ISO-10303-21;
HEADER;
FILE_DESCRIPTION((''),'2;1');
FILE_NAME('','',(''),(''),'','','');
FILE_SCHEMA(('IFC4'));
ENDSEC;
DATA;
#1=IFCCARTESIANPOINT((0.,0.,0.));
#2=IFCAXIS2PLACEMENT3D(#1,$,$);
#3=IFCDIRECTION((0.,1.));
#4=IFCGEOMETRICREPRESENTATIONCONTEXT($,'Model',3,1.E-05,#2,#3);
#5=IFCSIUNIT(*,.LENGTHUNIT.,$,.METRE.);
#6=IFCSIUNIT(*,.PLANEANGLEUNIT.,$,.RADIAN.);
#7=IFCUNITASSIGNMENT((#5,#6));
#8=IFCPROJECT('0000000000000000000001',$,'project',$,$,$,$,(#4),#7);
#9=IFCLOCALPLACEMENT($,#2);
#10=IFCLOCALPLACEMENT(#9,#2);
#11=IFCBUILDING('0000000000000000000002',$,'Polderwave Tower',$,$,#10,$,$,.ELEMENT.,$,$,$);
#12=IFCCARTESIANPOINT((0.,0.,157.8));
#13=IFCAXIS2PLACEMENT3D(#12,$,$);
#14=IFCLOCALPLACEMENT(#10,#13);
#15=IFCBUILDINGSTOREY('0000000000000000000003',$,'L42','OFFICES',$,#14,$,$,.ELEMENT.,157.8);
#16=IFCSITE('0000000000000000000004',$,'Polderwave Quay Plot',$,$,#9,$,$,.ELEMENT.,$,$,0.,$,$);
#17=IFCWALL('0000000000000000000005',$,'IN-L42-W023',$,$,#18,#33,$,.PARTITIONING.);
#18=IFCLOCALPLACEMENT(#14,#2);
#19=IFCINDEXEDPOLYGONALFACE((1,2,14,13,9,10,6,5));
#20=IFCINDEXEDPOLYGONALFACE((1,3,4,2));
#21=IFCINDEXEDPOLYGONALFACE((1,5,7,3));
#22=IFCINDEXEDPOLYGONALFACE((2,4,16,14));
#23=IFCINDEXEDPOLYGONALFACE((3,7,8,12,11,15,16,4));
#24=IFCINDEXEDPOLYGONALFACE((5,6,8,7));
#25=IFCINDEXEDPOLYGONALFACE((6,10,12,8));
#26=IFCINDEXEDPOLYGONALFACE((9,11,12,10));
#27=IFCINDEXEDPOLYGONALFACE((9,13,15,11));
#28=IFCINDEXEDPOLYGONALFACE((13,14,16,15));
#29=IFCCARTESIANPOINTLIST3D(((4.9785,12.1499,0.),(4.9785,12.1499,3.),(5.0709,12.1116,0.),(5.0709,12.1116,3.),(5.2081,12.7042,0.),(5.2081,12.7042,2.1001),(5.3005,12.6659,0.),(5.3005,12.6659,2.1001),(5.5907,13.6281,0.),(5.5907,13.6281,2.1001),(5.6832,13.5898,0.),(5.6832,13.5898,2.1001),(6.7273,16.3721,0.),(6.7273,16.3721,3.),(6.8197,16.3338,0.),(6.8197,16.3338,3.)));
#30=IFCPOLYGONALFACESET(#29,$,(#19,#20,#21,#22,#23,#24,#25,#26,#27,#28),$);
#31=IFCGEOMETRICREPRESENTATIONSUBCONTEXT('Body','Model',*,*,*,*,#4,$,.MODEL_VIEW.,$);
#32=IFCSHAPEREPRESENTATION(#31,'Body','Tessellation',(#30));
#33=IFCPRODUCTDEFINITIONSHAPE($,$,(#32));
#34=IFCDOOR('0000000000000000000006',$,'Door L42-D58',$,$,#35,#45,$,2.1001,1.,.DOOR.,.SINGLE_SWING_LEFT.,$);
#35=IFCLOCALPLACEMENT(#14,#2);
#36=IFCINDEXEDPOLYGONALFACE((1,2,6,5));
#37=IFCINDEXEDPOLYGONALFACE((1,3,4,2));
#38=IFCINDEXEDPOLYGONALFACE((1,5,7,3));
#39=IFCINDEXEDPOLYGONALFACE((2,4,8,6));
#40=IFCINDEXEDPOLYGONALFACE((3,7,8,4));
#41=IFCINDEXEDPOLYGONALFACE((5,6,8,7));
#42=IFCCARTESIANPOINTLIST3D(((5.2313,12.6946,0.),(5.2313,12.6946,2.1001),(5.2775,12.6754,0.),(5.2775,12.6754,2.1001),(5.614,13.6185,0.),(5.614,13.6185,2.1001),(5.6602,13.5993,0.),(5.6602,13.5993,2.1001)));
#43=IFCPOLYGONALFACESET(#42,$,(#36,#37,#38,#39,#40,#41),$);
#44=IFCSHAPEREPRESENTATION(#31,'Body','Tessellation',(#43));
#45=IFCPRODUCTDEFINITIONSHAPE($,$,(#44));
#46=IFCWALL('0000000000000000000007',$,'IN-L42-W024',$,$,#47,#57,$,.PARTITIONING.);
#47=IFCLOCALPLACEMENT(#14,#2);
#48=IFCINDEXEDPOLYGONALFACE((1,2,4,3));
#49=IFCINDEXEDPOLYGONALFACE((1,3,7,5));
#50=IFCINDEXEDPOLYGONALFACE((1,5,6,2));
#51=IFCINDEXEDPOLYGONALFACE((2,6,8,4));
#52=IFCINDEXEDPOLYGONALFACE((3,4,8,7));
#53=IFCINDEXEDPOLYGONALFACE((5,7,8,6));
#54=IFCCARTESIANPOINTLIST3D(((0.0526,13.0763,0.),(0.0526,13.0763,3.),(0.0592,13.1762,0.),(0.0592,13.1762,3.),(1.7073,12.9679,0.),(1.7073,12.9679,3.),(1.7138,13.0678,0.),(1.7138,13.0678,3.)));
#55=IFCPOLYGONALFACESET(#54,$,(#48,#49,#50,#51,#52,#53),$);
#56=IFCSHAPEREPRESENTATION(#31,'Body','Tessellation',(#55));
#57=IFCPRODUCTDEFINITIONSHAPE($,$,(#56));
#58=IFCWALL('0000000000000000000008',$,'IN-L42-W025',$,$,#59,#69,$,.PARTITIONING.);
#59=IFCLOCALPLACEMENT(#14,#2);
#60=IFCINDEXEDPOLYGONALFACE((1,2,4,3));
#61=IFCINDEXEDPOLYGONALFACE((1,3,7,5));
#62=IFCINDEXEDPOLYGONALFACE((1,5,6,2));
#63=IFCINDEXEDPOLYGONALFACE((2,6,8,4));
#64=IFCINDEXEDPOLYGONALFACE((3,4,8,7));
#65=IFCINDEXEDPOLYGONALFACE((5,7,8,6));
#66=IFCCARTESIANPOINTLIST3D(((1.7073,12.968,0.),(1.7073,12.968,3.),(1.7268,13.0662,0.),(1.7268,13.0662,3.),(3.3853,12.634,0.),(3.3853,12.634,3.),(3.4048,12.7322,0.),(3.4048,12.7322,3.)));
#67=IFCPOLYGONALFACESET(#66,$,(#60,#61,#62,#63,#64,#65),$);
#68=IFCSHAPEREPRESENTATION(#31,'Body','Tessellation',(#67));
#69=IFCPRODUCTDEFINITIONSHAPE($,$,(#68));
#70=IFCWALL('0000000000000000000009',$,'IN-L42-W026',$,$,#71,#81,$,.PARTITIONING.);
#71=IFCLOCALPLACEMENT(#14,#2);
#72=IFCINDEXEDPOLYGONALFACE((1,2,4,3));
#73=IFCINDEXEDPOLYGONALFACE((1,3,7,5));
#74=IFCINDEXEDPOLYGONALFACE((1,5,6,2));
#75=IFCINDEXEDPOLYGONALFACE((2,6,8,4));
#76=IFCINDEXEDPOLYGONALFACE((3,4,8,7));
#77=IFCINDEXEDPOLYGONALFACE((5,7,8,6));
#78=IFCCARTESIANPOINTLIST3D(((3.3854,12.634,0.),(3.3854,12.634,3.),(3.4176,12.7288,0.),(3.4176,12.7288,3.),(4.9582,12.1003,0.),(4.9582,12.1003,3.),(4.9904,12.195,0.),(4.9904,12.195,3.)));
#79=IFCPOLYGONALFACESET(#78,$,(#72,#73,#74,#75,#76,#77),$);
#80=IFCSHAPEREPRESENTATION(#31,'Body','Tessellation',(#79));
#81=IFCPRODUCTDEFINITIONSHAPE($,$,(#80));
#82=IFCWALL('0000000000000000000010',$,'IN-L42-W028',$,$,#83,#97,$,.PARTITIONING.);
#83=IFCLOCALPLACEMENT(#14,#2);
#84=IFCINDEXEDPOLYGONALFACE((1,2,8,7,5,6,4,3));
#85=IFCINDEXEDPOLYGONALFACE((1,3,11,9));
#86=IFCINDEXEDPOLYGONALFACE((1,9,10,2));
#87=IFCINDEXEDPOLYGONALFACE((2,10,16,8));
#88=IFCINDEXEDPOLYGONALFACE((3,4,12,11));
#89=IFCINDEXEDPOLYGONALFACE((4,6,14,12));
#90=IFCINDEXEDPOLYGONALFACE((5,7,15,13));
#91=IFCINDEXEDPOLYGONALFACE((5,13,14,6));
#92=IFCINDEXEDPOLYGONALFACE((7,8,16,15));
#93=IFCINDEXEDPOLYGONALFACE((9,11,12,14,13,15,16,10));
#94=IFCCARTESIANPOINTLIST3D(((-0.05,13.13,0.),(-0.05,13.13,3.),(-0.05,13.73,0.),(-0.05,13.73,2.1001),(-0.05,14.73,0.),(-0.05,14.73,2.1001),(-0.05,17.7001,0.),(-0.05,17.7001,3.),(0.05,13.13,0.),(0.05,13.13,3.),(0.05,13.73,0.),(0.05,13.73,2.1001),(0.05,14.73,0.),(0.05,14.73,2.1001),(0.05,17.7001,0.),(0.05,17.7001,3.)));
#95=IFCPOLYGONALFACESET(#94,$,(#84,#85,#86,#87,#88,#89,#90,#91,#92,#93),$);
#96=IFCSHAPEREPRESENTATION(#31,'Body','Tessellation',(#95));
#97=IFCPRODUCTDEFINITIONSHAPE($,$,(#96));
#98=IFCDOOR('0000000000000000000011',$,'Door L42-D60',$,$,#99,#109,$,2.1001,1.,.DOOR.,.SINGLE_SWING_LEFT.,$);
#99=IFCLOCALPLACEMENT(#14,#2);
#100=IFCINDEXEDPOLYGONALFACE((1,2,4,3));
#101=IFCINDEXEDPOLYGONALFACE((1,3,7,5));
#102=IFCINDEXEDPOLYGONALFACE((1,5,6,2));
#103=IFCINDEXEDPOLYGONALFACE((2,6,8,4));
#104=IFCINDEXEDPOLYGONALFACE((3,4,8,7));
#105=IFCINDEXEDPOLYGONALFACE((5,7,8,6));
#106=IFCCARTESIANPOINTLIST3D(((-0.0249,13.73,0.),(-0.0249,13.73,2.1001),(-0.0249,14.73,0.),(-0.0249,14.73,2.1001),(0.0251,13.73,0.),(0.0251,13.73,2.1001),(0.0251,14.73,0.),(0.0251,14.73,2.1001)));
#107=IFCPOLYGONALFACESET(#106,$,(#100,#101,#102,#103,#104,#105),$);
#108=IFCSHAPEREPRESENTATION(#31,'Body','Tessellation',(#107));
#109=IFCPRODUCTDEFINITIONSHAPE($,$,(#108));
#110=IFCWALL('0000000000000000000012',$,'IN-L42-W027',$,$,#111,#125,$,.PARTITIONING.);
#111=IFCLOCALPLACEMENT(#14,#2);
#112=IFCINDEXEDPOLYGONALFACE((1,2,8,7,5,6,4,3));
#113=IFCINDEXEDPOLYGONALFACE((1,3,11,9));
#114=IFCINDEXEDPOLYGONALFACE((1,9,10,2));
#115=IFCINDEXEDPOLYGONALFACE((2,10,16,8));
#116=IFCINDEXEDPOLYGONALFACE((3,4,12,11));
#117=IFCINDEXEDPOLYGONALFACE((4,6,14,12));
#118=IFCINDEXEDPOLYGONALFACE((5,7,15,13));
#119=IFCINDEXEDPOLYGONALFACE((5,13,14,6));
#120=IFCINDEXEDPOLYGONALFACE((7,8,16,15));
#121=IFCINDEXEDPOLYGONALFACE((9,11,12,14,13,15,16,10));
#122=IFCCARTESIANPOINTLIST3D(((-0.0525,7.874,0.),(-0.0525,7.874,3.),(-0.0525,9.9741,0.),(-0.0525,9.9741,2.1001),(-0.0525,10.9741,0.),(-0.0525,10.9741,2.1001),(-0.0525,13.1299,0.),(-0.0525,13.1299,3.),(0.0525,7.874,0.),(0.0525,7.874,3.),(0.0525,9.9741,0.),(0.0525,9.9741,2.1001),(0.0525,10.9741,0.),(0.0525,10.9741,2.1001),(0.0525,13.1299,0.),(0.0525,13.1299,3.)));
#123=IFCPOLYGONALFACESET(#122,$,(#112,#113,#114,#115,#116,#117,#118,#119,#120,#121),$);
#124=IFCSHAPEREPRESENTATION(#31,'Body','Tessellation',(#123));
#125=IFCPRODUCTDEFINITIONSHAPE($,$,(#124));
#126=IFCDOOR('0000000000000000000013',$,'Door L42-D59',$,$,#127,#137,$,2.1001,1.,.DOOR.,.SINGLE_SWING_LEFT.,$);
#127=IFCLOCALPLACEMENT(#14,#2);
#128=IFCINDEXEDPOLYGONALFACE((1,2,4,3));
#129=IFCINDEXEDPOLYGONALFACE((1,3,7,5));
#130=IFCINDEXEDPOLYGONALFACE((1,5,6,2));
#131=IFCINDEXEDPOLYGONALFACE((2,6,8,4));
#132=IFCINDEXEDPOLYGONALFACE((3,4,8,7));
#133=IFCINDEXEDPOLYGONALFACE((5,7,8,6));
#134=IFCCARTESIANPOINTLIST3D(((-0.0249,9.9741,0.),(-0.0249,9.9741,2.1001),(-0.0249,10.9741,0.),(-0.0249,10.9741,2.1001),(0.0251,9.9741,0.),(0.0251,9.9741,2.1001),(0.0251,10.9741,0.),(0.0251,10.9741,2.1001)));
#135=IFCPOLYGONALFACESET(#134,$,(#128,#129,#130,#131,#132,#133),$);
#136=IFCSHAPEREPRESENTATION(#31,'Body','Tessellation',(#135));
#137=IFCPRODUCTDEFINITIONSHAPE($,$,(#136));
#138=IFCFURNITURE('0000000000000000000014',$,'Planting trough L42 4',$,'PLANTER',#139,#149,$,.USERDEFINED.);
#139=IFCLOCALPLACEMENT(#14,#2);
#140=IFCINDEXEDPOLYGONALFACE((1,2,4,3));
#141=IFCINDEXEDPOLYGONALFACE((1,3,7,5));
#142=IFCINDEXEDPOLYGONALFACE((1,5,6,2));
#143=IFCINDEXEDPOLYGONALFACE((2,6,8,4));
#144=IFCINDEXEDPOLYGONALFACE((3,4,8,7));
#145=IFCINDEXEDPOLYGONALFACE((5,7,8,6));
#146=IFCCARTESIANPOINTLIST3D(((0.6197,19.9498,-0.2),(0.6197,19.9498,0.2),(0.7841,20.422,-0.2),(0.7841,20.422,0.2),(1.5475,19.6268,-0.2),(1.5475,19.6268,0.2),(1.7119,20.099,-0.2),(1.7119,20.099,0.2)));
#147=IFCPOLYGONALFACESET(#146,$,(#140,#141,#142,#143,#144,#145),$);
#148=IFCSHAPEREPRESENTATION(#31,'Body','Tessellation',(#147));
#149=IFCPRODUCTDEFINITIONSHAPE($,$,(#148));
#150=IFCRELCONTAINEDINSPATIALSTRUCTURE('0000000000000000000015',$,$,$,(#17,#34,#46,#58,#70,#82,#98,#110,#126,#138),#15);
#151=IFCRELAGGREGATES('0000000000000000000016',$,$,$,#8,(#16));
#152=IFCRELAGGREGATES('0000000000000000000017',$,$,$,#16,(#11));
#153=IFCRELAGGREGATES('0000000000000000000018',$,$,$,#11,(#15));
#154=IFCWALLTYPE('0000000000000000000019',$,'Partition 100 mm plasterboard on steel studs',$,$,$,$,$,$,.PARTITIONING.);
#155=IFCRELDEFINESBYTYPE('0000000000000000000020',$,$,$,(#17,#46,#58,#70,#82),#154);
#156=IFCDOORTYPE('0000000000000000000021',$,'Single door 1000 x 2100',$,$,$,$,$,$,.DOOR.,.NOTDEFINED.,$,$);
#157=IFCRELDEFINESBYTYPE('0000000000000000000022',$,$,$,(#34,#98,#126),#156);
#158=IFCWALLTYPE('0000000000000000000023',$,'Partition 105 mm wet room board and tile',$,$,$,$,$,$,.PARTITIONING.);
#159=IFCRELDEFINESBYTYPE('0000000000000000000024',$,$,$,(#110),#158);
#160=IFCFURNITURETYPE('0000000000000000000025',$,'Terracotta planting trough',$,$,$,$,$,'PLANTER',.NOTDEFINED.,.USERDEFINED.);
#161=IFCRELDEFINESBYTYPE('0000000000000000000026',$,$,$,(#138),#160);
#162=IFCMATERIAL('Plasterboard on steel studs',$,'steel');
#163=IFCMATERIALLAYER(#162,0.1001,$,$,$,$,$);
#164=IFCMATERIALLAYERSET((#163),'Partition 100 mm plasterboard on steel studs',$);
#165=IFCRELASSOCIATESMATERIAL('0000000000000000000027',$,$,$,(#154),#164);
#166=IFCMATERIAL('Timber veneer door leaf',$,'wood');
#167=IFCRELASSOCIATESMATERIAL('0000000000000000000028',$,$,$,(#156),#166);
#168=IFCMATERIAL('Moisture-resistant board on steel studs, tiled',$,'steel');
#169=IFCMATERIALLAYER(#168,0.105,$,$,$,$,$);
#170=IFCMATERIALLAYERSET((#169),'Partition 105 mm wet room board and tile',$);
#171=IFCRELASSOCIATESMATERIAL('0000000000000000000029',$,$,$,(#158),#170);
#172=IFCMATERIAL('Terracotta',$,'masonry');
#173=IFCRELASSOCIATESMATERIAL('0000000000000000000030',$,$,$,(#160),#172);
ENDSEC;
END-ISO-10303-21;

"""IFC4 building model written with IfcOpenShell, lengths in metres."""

from ifc_helpers import new_model, si_unit, direction, frame, frame_2d, origin, origin_2d, place, context, subcontext, project, spatial, rectangle, extrude, material, layer, layer_set, type_object, element, fill, save


model = new_model("IFC4")

# Units and contexts
model_context = context("Model", 3, precision=1e-05, world=origin(), true_north=direction((0.0, 1.0)))
body_context = subcontext(model_context, "Body", "Model", "MODEL_VIEW")
ifc_project = project(units=[si_unit("LENGTHUNIT", "METRE"), si_unit("PLANEANGLEUNIT", "RADIAN")], contexts=[model_context])

# Site, building, storey
site_placement = place(None, origin())
site = spatial("IfcSite", under=ifc_project, at=site_placement, Name="Polderwave Quay Plot", CompositionType="ELEMENT", RefElevation=0.0)
building_placement = place(site_placement, origin())
building = spatial("IfcBuilding", under=site, at=building_placement, Name="Polderwave Tower", CompositionType="ELEMENT")
storey_placement = place(building_placement, frame((0.0, 0.0, 157.8)))
storey = spatial("IfcBuildingStorey", under=building, at=storey_placement, Name="L42", Description="OFFICES", CompositionType="ELEMENT", Elevation=157.8)

# Wall, opening, door
ifc_material_1 = material(Name="Plasterboard on steel studs", Category="steel")
ifc_layer_1 = layer(ifc_material_1, 0.1001)
ifc_layer_set_1 = layer_set([ifc_layer_1], Name="Partition 100 mm plasterboard on steel studs")
wall_type_1 = type_object("IfcWallType", Name="Partition 100 mm plasterboard on steel studs", PredefinedType="PARTITIONING", material=ifc_layer_set_1)
ifc_material_2 = material(Name="Timber veneer door leaf", Category="wood")
door_type = type_object("IfcDoorType", Name="Single door 1000 x 2100", OperationType="NOTDEFINED", PredefinedType="DOOR", material=ifc_material_2)
wall_1_placement = place(storey_placement, frame((5.0247, 12.1306, 0.0), z_axis=(0.0, 0.0, 1.0), x_axis=(0.382665, 0.923887, 0.0)))
wall_1 = element("IfcWall", 1, at=wall_1_placement, inside=storey, type_object=wall_type_1, Name="IN-L42-W023", PredefinedType="PARTITIONING", context=body_context, shape_type="SweptSolid", body=[
    extrude(rectangle(XDim=4.5701, YDim=0.1001, at=frame_2d((2.2852, 0.0))), origin(), (0.0, 0.0, 1.0), 3.0),
])
opening_1_placement = place(wall_1_placement, frame((0.6001, 0.0, 0.0)))
opening_1 = element("IfcOpeningElement", 2, at=opening_1_placement, cuts=wall_1, PredefinedType="OPENING", context=body_context, shape_type="SweptSolid", body=[
    extrude(rectangle(XDim=1.0, YDim=2.1001, at=frame_2d((0.5, 1.05))), frame((0.0, 0.0601, 0.0), z_axis=(0.0, -1.0, 0.0), x_axis=(1.0, 0.0, 0.0)), (0.0, 0.0, 1.0), 0.1201),
])
door_1_placement = place(opening_1_placement, origin())
door_1 = element("IfcDoor", 3, at=door_1_placement, inside=storey, type_object=door_type, Name="Door L42-D58", OperationType="SINGLE_SWING_LEFT", OverallHeight=2.1001, OverallWidth=1.0, PredefinedType="DOOR", context=body_context, shape_type="SweptSolid", body=[
    extrude(rectangle(XDim=1.0, YDim=2.1001, at=frame_2d((0.5, 1.05))), frame((0.0, 0.0249, 0.0), z_axis=(0.0, -1.0, 0.0), x_axis=(1.0, 0.0, 0.0)), (0.0, 0.0, 1.0), 0.05),
])
fill(opening_1, door_1)

# Walls
wall_2_placement = place(storey_placement, frame((0.0559, 13.1262, 0.0), z_axis=(0.0, 0.0, 1.0), x_axis=(0.997861, -0.065376, 0.0)))
element("IfcWall", 4, at=wall_2_placement, inside=storey, type_object=wall_type_1, Name="IN-L42-W024", PredefinedType="PARTITIONING", context=body_context, shape_type="SweptSolid", body=[
    extrude(rectangle(XDim=1.6582, YDim=0.1001, at=frame_2d((0.8291, 0.0))), origin(), (0.0, 0.0, 1.0), 3.0),
])
wall_3_placement = place(storey_placement, frame((1.717, 13.0171, 0.0), z_axis=(0.0, 0.0, 1.0), x_axis=(0.980761, -0.19521, 0.0)))
element("IfcWall", 5, at=wall_3_placement, inside=storey, type_object=wall_type_1, Name="IN-L42-W025", PredefinedType="PARTITIONING", context=body_context, shape_type="SweptSolid", body=[
    extrude(rectangle(XDim=1.7109, YDim=0.1001, at=frame_2d((0.8555, 0.0))), origin(), (0.0, 0.0, 1.0), 3.0),
])
wall_4_placement = place(storey_placement, frame((3.4014, 12.6814, 0.0), z_axis=(0.0, 0.0, 1.0), x_axis=(0.946964, -0.321339, 0.0)))
element("IfcWall", 6, at=wall_4_placement, inside=storey, type_object=wall_type_1, Name="IN-L42-W026", PredefinedType="PARTITIONING", context=body_context, shape_type="SweptSolid", body=[
    extrude(rectangle(XDim=1.6609, YDim=0.1001, at=frame_2d((0.8306, 0.0))), origin(), (0.0, 0.0, 1.0), 3.0),
])

# Walls, openings, doors
wall_5_placement = place(storey_placement, frame((0.0, 13.1299, 0.0), z_axis=(0.0, 0.0, 1.0), x_axis=(0.0, 1.0, 0.0)))
wall_5 = element("IfcWall", 7, at=wall_5_placement, inside=storey, type_object=wall_type_1, Name="IN-L42-W028", PredefinedType="PARTITIONING", context=body_context, shape_type="SweptSolid", body=[
    extrude(rectangle(XDim=4.5701, YDim=0.1001, at=frame_2d((2.2852, 0.0))), origin(), (0.0, 0.0, 1.0), 3.0),
])
opening_2_placement = place(wall_5_placement, frame((0.6001, 0.0, 0.0)))
opening_2 = element("IfcOpeningElement", 8, at=opening_2_placement, cuts=wall_5, PredefinedType="OPENING", context=body_context, shape_type="SweptSolid", body=[
    extrude(rectangle(XDim=1.0, YDim=2.1001, at=frame_2d((0.5, 1.05))), frame((0.0, 0.0601, 0.0), z_axis=(0.0, -1.0, 0.0), x_axis=(1.0, 0.0, 0.0)), (0.0, 0.0, 1.0), 0.1201),
])
door_2_placement = place(opening_2_placement, origin())
door_2 = element("IfcDoor", 9, at=door_2_placement, inside=storey, type_object=door_type, Name="Door L42-D60", OperationType="SINGLE_SWING_LEFT", OverallHeight=2.1001, OverallWidth=1.0, PredefinedType="DOOR", context=body_context, shape_type="SweptSolid", body=[
    extrude(rectangle(XDim=1.0, YDim=2.1001, at=frame_2d((0.5, 1.05))), frame((0.0, 0.0249, 0.0), z_axis=(0.0, -1.0, 0.0), x_axis=(1.0, 0.0, 0.0)), (0.0, 0.0, 1.0), 0.05),
])
fill(opening_2, door_2)
ifc_material_3 = material(Name="Moisture-resistant board on steel studs, tiled", Category="steel")
ifc_layer_2 = layer(ifc_material_3, 0.105)
ifc_layer_set_2 = layer_set([ifc_layer_2], Name="Partition 105 mm wet room board and tile")
wall_type_2 = type_object("IfcWallType", Name="Partition 105 mm wet room board and tile", PredefinedType="PARTITIONING", material=ifc_layer_set_2)
wall_6_placement = place(storey_placement, frame((0.0, 7.874, 0.0), z_axis=(0.0, 0.0, 1.0), x_axis=(0.0, 1.0, 0.0)))
wall_6 = element("IfcWall", 10, at=wall_6_placement, inside=storey, type_object=wall_type_2, Name="IN-L42-W027", PredefinedType="PARTITIONING", context=body_context, shape_type="SweptSolid", body=[
    extrude(rectangle(XDim=5.2559, YDim=0.105, at=frame_2d((2.6279, 0.0))), origin(), (0.0, 0.0, 1.0), 3.0),
])
opening_3_placement = place(wall_6_placement, frame((2.1001, 0.0, 0.0)))
opening_3 = element("IfcOpeningElement", 11, at=opening_3_placement, cuts=wall_6, PredefinedType="OPENING", context=body_context, shape_type="SweptSolid", body=[
    extrude(rectangle(XDim=1.0, YDim=2.1001, at=frame_2d((0.5, 1.05))), frame((0.0, 0.0625, 0.0), z_axis=(0.0, -1.0, 0.0), x_axis=(1.0, 0.0, 0.0)), (0.0, 0.0, 1.0), 0.125),
])
door_3_placement = place(opening_3_placement, origin())
door_3 = element("IfcDoor", 12, at=door_3_placement, inside=storey, type_object=door_type, Name="Door L42-D59", OperationType="SINGLE_SWING_LEFT", OverallHeight=2.1001, OverallWidth=1.0, PredefinedType="DOOR", context=body_context, shape_type="SweptSolid", body=[
    extrude(rectangle(XDim=1.0, YDim=2.1001, at=frame_2d((0.5, 1.05))), frame((0.0, 0.0249, 0.0), z_axis=(0.0, -1.0, 0.0), x_axis=(1.0, 0.0, 0.0)), (0.0, 0.0, 1.0), 0.05),
])
fill(opening_3, door_3)

# Furniture
ifc_material_4 = material(Name="Terracotta", Category="masonry")
furniture_type = type_object("IfcFurnitureType", Name="Terracotta planting trough", ElementType="PLANTER", AssemblyPlace="NOTDEFINED", PredefinedType="USERDEFINED", material=ifc_material_4)
furniture_placement = place(storey_placement, frame((1.1658, 20.0244, -0.2), z_axis=(0.0, 0.0, 1.0), x_axis=(-0.944413, 0.328763, 0.0)))
element("IfcFurniture", 13, at=furniture_placement, inside=storey, type_object=furniture_type, Name="Planting trough L42 4", ObjectType="PLANTER", PredefinedType="USERDEFINED", context=body_context, shape_type="SweptSolid", body=[
    extrude(rectangle(XDim=0.9824, YDim=0.5, at=origin_2d()), origin(), (0.0, 0.0, 1.0), 0.3999),
])

save(model, "model.ifc")
